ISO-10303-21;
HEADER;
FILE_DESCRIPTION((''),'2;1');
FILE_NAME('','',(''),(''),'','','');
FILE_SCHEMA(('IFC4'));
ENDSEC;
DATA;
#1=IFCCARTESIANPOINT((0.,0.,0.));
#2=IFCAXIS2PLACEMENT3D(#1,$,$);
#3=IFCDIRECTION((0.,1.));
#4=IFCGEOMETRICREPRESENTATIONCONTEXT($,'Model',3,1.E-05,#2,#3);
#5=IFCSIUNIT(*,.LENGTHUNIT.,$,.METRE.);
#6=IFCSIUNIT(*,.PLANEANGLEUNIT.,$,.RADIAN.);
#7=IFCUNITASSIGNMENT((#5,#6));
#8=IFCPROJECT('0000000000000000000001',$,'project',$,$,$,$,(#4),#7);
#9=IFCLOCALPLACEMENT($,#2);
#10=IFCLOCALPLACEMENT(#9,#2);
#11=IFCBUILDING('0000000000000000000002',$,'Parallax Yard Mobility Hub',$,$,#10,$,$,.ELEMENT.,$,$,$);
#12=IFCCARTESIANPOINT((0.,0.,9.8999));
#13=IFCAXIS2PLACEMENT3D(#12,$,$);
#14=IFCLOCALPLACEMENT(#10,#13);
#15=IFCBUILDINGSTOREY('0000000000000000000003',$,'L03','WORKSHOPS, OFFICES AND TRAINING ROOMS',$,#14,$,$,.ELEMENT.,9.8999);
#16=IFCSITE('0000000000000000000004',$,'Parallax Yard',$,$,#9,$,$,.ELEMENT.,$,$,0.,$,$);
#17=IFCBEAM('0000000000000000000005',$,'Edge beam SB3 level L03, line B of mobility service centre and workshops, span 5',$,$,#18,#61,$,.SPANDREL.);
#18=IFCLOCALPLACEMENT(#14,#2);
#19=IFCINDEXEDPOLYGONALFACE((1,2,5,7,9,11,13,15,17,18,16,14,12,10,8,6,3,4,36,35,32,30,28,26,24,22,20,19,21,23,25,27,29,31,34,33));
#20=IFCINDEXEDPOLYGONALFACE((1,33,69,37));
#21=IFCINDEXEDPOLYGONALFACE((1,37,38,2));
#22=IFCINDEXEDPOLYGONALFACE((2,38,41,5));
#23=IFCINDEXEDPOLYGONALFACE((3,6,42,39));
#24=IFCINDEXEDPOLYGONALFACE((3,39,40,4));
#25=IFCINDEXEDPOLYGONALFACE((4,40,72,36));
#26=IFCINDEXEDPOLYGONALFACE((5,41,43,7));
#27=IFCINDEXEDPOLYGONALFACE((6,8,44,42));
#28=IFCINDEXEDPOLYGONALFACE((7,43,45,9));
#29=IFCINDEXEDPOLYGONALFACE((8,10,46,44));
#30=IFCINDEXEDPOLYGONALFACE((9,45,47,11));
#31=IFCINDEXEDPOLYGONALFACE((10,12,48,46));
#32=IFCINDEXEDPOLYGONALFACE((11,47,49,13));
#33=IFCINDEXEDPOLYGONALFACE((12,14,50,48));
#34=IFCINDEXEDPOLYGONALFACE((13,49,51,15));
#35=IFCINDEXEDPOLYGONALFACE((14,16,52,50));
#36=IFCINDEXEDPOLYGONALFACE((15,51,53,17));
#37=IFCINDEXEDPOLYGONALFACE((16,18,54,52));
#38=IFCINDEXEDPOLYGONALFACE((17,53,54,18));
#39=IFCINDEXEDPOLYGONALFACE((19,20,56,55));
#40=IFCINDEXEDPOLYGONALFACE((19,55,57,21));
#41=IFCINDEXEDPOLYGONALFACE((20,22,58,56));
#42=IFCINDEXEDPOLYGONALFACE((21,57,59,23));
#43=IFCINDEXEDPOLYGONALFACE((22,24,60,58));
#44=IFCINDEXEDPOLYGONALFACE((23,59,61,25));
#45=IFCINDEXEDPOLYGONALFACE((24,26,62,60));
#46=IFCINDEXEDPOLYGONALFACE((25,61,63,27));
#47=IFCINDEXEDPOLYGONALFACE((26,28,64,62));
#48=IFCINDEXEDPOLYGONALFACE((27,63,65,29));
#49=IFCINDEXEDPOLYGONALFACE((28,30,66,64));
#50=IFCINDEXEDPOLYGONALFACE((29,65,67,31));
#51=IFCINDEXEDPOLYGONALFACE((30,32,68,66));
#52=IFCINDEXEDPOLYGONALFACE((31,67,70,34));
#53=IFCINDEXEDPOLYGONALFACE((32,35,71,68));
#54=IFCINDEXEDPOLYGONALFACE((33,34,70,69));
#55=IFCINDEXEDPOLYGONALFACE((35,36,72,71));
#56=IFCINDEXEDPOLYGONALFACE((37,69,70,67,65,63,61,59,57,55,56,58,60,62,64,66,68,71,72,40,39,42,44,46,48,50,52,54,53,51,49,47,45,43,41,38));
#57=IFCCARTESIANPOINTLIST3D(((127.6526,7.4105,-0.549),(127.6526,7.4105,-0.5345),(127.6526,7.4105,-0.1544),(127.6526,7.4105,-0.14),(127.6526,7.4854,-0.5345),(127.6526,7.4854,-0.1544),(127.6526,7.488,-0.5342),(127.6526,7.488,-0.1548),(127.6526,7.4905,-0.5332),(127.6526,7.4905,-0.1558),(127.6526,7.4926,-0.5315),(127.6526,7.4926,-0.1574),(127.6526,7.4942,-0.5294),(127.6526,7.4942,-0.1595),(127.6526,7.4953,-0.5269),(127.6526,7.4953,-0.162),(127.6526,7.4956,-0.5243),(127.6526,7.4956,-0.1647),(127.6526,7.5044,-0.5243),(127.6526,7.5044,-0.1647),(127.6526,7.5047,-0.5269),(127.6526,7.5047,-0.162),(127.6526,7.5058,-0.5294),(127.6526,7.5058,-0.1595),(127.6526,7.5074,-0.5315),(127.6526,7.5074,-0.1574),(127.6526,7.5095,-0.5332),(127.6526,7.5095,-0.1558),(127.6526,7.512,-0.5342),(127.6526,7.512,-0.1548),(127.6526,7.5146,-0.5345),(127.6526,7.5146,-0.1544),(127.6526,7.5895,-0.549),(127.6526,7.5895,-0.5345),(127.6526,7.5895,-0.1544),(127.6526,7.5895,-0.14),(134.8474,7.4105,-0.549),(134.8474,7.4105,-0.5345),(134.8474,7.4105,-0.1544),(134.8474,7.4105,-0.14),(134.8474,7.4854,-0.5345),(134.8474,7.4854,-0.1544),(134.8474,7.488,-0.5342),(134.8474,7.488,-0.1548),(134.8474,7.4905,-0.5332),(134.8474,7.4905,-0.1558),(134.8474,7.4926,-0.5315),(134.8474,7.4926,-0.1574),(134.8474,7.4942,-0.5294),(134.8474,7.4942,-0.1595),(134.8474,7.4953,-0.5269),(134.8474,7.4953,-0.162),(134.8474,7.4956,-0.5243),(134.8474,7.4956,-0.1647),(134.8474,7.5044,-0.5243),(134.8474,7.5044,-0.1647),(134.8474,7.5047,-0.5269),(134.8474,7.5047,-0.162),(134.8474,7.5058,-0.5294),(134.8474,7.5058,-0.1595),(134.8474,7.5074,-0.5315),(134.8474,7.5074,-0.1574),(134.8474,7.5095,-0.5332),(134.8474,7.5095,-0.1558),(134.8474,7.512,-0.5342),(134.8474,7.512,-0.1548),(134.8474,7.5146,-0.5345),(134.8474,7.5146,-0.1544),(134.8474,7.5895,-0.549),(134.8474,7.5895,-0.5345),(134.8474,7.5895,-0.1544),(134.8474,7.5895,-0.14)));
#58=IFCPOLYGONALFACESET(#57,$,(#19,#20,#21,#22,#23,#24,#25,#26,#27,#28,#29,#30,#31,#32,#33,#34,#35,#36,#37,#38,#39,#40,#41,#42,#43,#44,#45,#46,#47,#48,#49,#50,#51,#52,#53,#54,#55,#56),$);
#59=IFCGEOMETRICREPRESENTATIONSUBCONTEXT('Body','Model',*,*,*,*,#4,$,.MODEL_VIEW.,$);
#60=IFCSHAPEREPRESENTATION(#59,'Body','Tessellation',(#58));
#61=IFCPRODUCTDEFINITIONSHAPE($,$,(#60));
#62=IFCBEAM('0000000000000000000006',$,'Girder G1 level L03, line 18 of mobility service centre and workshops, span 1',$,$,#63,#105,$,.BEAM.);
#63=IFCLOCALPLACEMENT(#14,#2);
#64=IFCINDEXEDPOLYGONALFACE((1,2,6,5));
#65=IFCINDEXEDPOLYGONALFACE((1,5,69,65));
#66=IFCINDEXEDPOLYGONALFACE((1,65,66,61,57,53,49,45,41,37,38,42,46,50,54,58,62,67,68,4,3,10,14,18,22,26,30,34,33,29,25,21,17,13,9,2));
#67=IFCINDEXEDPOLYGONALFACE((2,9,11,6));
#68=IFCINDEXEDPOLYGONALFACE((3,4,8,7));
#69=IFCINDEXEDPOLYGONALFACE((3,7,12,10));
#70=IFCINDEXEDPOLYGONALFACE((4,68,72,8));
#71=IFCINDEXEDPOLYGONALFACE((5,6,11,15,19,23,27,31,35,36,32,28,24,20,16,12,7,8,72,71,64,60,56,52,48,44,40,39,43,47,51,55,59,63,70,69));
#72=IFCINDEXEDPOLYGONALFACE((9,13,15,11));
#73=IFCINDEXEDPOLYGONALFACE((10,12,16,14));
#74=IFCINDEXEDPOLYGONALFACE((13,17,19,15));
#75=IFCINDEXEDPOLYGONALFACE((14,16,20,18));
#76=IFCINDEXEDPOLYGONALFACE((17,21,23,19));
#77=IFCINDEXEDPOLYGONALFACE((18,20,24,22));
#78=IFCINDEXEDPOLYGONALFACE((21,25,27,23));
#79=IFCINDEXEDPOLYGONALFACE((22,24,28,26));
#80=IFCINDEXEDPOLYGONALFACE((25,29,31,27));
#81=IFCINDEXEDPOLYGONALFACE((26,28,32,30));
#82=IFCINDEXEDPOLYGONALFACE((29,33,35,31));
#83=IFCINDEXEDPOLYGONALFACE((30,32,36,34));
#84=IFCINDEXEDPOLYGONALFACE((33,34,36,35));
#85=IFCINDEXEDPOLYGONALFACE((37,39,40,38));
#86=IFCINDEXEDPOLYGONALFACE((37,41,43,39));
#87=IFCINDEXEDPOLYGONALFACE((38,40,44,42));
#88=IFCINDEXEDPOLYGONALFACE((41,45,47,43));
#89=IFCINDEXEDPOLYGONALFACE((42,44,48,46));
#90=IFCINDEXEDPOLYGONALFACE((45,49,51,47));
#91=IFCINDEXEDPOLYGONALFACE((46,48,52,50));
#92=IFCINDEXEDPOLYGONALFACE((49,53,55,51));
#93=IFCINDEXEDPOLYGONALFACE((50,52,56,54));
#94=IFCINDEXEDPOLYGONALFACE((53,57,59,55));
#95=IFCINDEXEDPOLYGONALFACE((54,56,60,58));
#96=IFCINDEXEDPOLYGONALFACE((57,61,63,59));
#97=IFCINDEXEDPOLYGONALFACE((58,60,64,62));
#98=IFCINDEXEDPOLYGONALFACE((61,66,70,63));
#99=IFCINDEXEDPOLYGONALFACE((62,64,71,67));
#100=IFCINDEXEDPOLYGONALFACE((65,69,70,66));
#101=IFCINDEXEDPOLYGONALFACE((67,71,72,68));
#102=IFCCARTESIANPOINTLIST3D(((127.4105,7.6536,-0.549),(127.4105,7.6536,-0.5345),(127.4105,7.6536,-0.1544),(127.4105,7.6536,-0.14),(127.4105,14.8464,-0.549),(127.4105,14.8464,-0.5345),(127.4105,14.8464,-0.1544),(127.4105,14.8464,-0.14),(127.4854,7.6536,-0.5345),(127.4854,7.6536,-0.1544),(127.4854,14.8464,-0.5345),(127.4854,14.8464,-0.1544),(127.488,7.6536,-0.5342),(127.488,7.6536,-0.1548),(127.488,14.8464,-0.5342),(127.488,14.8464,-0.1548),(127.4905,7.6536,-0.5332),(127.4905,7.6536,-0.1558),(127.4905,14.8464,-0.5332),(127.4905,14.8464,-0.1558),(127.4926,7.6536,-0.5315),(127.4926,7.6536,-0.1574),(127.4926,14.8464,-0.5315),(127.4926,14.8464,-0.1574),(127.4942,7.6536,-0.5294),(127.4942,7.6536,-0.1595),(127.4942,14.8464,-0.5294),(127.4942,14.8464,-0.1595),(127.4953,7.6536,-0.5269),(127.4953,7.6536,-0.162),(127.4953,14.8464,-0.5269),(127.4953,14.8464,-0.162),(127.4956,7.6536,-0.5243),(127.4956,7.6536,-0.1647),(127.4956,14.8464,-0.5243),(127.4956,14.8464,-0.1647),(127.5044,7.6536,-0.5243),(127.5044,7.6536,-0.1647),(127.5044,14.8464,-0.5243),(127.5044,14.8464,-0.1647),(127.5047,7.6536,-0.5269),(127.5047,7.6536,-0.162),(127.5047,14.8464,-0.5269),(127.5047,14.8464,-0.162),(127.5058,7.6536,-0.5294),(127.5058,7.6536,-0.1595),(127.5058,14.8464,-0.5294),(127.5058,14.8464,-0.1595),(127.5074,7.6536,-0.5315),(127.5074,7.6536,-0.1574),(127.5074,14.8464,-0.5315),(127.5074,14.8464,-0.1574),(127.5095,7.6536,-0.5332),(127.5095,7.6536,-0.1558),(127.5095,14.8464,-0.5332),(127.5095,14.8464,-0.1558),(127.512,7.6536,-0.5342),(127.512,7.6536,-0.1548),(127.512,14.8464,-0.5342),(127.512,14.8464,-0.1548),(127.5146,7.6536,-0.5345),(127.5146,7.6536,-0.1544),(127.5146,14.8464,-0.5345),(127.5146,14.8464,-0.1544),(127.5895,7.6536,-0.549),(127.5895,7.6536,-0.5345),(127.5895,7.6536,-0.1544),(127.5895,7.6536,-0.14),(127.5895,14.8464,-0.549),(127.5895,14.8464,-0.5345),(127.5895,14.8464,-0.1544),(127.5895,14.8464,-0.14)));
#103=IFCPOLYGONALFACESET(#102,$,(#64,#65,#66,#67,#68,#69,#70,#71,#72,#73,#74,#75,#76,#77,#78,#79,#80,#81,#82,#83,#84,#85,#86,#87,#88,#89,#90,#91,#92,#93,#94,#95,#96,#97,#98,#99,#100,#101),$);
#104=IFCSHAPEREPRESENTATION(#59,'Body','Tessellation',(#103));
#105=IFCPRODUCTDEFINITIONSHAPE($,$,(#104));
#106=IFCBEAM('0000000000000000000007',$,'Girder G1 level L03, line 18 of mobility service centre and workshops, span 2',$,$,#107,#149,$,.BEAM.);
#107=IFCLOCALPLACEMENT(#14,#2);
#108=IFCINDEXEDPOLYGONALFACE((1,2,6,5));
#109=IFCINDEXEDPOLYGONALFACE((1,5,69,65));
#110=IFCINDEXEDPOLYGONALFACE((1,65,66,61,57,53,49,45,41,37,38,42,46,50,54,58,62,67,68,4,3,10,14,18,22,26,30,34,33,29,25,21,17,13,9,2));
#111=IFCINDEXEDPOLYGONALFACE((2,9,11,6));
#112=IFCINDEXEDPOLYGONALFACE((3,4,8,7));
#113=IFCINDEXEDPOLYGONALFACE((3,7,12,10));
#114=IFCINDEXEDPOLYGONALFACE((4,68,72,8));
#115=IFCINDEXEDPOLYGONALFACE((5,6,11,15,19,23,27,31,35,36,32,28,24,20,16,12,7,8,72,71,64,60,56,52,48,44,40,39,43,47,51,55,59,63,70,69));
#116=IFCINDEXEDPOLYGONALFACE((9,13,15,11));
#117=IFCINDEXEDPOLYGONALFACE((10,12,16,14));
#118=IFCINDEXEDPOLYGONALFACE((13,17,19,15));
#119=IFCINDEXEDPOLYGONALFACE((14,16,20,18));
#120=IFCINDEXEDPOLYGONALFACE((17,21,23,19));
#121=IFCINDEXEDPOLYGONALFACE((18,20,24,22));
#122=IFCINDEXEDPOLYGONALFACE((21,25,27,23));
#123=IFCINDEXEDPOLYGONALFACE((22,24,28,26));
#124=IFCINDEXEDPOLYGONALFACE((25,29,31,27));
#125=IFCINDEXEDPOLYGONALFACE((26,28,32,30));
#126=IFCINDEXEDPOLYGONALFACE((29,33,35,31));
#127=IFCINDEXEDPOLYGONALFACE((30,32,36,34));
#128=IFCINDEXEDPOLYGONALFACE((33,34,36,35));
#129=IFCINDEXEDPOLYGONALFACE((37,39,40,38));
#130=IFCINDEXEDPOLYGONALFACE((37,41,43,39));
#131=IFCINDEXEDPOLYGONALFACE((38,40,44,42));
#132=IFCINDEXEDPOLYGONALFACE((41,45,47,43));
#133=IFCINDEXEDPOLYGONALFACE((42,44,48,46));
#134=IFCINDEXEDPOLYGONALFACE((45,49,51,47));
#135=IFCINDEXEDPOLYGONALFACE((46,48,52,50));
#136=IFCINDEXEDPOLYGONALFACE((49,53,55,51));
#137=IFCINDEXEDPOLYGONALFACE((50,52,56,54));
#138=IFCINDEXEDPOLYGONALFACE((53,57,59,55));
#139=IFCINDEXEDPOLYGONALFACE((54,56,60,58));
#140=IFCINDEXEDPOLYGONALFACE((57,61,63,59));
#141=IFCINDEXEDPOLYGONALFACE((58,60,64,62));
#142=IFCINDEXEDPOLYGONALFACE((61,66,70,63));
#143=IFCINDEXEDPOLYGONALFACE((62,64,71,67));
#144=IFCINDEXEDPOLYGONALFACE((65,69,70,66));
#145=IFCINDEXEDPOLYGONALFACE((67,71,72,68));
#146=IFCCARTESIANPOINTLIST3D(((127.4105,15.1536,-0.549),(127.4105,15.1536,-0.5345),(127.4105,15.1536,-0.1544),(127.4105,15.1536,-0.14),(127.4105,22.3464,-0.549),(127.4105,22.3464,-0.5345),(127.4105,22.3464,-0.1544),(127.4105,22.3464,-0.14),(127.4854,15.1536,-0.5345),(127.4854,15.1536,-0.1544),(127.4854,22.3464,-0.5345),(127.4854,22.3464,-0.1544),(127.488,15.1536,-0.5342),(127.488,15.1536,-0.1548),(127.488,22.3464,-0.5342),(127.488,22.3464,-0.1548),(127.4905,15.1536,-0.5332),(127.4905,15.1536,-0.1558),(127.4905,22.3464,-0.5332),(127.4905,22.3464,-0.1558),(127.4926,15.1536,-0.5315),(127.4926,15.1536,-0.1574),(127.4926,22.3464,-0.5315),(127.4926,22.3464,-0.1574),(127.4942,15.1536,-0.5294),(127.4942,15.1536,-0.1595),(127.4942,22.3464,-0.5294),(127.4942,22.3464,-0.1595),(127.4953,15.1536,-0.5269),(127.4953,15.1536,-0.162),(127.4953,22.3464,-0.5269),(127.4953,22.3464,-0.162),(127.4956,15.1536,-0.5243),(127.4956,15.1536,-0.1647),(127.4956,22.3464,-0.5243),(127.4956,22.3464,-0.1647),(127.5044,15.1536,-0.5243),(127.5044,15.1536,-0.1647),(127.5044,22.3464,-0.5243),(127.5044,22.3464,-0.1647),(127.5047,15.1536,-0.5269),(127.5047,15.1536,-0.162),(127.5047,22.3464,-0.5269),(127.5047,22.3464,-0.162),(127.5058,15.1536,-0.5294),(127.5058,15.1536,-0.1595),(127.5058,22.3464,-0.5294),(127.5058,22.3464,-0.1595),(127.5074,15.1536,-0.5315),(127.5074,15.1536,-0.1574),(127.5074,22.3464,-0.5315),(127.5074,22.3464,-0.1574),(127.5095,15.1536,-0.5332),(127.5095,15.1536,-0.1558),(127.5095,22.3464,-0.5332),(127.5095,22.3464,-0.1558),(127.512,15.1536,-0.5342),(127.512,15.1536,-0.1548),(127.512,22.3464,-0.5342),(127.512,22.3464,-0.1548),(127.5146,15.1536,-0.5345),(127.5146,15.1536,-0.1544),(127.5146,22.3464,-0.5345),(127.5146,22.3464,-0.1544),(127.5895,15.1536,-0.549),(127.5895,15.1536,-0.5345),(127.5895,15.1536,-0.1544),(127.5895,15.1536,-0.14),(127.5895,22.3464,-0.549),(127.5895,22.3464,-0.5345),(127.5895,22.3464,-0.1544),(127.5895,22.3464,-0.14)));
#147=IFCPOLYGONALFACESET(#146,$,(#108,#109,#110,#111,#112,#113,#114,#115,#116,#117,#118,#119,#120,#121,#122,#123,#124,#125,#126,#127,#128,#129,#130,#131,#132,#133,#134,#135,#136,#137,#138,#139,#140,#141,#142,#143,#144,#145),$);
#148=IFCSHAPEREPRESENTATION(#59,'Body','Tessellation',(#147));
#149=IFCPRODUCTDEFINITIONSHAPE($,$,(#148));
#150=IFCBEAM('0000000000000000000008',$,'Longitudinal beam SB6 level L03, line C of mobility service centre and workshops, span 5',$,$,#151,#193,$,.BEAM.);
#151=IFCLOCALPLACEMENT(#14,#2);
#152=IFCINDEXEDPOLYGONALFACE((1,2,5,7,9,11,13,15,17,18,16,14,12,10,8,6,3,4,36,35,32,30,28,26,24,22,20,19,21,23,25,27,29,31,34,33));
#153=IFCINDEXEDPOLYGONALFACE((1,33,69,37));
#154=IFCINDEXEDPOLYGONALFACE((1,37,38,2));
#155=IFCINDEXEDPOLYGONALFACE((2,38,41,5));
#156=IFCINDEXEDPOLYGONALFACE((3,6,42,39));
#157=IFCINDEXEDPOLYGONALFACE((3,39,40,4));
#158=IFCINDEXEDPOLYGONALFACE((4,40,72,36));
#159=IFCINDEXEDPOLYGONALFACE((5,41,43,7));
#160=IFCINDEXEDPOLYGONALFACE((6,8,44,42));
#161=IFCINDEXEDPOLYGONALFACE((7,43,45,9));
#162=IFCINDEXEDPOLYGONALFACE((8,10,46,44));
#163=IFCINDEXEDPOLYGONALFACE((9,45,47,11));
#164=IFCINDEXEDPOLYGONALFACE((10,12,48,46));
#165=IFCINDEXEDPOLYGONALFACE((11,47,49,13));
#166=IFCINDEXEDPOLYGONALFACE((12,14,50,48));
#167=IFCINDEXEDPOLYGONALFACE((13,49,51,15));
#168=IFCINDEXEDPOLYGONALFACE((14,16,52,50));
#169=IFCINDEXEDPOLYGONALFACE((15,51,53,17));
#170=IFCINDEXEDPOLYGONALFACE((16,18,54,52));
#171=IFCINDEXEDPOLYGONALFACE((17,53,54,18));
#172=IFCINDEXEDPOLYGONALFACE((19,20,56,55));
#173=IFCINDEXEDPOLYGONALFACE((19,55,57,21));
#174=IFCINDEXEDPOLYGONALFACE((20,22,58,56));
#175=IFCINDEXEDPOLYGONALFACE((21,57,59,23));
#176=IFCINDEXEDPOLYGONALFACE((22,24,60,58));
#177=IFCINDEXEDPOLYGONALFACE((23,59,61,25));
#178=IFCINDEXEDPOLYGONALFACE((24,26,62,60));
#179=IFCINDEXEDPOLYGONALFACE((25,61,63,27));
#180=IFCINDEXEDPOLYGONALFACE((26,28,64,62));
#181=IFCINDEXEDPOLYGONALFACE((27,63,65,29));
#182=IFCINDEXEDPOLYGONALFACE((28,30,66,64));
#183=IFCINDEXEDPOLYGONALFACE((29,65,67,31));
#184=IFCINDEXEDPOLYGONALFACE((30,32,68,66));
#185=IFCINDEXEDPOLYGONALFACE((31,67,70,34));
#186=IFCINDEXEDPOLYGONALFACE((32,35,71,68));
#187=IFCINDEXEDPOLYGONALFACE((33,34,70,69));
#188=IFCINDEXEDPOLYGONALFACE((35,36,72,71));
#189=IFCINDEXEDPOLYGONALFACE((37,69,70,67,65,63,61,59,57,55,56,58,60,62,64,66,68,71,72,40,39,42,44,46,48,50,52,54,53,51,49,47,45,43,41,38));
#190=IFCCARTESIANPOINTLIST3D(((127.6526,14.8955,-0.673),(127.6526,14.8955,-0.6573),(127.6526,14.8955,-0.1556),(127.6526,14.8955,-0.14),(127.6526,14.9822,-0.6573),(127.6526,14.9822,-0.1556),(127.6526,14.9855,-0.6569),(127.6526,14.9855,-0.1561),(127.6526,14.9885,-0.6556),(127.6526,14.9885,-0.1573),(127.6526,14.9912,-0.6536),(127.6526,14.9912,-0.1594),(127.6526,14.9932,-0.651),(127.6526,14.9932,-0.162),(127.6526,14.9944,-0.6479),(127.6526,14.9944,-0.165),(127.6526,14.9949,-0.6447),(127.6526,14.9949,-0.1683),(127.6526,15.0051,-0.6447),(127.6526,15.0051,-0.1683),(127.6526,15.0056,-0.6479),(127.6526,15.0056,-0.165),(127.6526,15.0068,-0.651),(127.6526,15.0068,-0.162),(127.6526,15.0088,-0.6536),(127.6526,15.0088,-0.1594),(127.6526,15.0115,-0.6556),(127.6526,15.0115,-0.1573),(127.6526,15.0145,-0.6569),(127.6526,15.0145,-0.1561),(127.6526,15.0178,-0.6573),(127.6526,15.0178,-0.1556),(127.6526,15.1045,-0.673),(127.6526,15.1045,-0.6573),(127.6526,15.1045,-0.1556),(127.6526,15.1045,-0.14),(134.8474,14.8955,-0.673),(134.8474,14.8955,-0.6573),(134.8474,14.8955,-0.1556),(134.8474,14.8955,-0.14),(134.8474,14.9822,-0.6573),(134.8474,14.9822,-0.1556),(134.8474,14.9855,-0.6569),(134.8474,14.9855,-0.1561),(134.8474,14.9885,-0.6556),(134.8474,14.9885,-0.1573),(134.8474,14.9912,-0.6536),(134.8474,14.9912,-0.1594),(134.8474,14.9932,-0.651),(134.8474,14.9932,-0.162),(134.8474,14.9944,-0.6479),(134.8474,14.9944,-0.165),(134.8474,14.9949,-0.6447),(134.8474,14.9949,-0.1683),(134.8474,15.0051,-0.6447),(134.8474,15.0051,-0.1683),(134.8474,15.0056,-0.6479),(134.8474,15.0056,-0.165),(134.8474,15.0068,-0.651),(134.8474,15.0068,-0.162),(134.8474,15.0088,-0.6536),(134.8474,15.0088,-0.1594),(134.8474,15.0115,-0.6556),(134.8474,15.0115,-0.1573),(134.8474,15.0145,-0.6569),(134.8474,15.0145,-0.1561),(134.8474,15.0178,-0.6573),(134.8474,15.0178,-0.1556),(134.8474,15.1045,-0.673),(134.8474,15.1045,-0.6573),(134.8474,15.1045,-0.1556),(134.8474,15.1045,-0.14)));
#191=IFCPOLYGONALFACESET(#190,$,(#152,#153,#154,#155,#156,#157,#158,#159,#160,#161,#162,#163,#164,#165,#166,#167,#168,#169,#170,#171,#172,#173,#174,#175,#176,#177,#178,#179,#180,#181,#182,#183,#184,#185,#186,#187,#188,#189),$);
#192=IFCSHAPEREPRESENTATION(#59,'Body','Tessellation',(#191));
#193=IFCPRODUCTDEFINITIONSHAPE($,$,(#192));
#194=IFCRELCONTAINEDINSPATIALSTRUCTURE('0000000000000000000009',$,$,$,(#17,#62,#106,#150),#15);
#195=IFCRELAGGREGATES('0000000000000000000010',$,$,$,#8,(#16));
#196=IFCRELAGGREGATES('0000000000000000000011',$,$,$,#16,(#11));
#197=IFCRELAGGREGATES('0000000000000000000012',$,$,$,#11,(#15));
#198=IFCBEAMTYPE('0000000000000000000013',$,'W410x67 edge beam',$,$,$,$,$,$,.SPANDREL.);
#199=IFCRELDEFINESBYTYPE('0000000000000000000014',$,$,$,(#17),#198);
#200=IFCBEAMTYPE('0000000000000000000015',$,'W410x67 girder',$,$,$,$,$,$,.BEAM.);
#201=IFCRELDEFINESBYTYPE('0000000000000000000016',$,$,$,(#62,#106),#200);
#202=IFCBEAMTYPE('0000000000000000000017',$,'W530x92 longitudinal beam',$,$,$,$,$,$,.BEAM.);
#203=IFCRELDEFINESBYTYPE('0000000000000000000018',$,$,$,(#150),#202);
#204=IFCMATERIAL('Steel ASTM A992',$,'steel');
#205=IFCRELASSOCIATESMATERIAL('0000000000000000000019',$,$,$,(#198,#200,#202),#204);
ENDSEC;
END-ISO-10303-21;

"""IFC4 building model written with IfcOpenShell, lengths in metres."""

from ifc_helpers import new_model, si_unit, direction, frame, origin, origin_2d, place, context, subcontext, project, spatial, i_section, extrude, material, material_profile, profile_set, type_object, element, save


model = new_model("IFC4")

# Units and contexts
model_context = context("Model", 3, precision=1e-05, world=origin(), true_north=direction((0.0, 1.0)))
body_context = subcontext(model_context, "Body", "Model", "MODEL_VIEW")
ifc_project = project(units=[si_unit("LENGTHUNIT", "METRE"), si_unit("PLANEANGLEUNIT", "RADIAN")], contexts=[model_context])

# Site, building, storey
site_placement = place(None, origin())
site = spatial("IfcSite", under=ifc_project, at=site_placement, Name="Parallax Yard", CompositionType="ELEMENT", RefElevation=0.0)
building_placement = place(site_placement, origin())
building = spatial("IfcBuilding", under=site, at=building_placement, Name="Parallax Yard Mobility Hub", CompositionType="ELEMENT")
storey_placement = place(building_placement, frame((0.0, 0.0, 9.8999)))
storey = spatial("IfcBuildingStorey", under=building, at=storey_placement, Name="L03", Description="WORKSHOPS, OFFICES AND TRAINING ROOMS", CompositionType="ELEMENT", Elevation=9.8999)

# Shared definitions
ifc_material_1 = material(Name="Steel ASTM A992", Category="steel")

# Beams
ifc_material_profile_1 = material_profile(ifc_material_1, i_section(OverallWidth=0.179, OverallDepth=0.4089, WebThickness=0.0088, FlangeThickness=0.0144, FilletRadius=0.0103, at=origin_2d()), Name="W410x67")
ifc_profile_set_1 = profile_set([ifc_material_profile_1], Name="Steel ASTM A992")
beam_type_1 = type_object("IfcBeamType", Name="W410x67 edge beam", PredefinedType="SPANDREL", material=ifc_profile_set_1)
beam_1_placement = place(storey_placement, frame((127.6526, 7.5, -0.3445), z_axis=(1.0, 0.0, 0.0), x_axis=(0.0, 1.0, 0.0)))
element("IfcBeam", 1, at=beam_1_placement, inside=storey, type_object=beam_type_1, Name="Edge beam SB3 level L03, line B of mobility service centre and workshops, span 5", PredefinedType="SPANDREL", context=body_context, shape_type="SweptSolid", body=[
    extrude(i_section(OverallWidth=0.179, OverallDepth=0.4089, WebThickness=0.0088, FlangeThickness=0.0144, FilletRadius=0.0103, at=origin_2d()), origin(), (0.0, 0.0, 1.0), 7.1948),
])
ifc_material_profile_2 = material_profile(ifc_material_1, i_section(OverallWidth=0.179, OverallDepth=0.4089, WebThickness=0.0088, FlangeThickness=0.0144, FilletRadius=0.0103, at=origin_2d()), Name="W410x67")
ifc_profile_set_2 = profile_set([ifc_material_profile_2], Name="Steel ASTM A992")
beam_type_2 = type_object("IfcBeamType", Name="W410x67 girder", PredefinedType="BEAM", material=ifc_profile_set_2)
for number, where, z_axis, x_axis, name in (
    (2, (127.5, 7.6536, -0.3445), (0.0, 1.0, 0.0), (-1.0, 0.0, 0.0), "Girder G1 level L03, line 18 of mobility service centre and workshops, span 1"),
    (3, (127.5, 15.1536, -0.3445), (0.0, 1.0, 0.0), (-1.0, 0.0, 0.0), "Girder G1 level L03, line 18 of mobility service centre and workshops, span 2"),
):
    element("IfcBeam", number, at=place(storey_placement, frame(where, z_axis=z_axis, x_axis=x_axis)), inside=storey, type_object=beam_type_2, Name=name, PredefinedType="BEAM", context=body_context, shape_type="SweptSolid", body=[
        extrude(i_section(OverallWidth=0.179, OverallDepth=0.4089, WebThickness=0.0088, FlangeThickness=0.0144, FilletRadius=0.0103, at=origin_2d()), origin(), (0.0, 0.0, 1.0), 7.1929),
    ])
ifc_material_profile_3 = material_profile(ifc_material_1, i_section(OverallWidth=0.209, OverallDepth=0.533, WebThickness=0.0103, FlangeThickness=0.0156, FilletRadius=0.0127, at=origin_2d()), Name="W530x92")
ifc_profile_set_3 = profile_set([ifc_material_profile_3], Name="Steel ASTM A992")
beam_type_3 = type_object("IfcBeamType", Name="W530x92 longitudinal beam", PredefinedType="BEAM", material=ifc_profile_set_3)
for number, where, z_axis, x_axis, name in (
    (4, (127.6526, 15.0, -0.4065), (1.0, 0.0, 0.0), (0.0, 1.0, 0.0), "Longitudinal beam SB6 level L03, line C of mobility service centre and workshops, span 5"),
):
    element("IfcBeam", number, at=place(storey_placement, frame(where, z_axis=z_axis, x_axis=x_axis)), inside=storey, type_object=beam_type_3, Name=name, PredefinedType="BEAM", context=body_context, shape_type="SweptSolid", body=[
        extrude(i_section(OverallWidth=0.209, OverallDepth=0.533, WebThickness=0.0103, FlangeThickness=0.0156, FilletRadius=0.0127, at=origin_2d()), origin(), (0.0, 0.0, 1.0), 7.1948),
    ])

save(model, "model.ifc")
